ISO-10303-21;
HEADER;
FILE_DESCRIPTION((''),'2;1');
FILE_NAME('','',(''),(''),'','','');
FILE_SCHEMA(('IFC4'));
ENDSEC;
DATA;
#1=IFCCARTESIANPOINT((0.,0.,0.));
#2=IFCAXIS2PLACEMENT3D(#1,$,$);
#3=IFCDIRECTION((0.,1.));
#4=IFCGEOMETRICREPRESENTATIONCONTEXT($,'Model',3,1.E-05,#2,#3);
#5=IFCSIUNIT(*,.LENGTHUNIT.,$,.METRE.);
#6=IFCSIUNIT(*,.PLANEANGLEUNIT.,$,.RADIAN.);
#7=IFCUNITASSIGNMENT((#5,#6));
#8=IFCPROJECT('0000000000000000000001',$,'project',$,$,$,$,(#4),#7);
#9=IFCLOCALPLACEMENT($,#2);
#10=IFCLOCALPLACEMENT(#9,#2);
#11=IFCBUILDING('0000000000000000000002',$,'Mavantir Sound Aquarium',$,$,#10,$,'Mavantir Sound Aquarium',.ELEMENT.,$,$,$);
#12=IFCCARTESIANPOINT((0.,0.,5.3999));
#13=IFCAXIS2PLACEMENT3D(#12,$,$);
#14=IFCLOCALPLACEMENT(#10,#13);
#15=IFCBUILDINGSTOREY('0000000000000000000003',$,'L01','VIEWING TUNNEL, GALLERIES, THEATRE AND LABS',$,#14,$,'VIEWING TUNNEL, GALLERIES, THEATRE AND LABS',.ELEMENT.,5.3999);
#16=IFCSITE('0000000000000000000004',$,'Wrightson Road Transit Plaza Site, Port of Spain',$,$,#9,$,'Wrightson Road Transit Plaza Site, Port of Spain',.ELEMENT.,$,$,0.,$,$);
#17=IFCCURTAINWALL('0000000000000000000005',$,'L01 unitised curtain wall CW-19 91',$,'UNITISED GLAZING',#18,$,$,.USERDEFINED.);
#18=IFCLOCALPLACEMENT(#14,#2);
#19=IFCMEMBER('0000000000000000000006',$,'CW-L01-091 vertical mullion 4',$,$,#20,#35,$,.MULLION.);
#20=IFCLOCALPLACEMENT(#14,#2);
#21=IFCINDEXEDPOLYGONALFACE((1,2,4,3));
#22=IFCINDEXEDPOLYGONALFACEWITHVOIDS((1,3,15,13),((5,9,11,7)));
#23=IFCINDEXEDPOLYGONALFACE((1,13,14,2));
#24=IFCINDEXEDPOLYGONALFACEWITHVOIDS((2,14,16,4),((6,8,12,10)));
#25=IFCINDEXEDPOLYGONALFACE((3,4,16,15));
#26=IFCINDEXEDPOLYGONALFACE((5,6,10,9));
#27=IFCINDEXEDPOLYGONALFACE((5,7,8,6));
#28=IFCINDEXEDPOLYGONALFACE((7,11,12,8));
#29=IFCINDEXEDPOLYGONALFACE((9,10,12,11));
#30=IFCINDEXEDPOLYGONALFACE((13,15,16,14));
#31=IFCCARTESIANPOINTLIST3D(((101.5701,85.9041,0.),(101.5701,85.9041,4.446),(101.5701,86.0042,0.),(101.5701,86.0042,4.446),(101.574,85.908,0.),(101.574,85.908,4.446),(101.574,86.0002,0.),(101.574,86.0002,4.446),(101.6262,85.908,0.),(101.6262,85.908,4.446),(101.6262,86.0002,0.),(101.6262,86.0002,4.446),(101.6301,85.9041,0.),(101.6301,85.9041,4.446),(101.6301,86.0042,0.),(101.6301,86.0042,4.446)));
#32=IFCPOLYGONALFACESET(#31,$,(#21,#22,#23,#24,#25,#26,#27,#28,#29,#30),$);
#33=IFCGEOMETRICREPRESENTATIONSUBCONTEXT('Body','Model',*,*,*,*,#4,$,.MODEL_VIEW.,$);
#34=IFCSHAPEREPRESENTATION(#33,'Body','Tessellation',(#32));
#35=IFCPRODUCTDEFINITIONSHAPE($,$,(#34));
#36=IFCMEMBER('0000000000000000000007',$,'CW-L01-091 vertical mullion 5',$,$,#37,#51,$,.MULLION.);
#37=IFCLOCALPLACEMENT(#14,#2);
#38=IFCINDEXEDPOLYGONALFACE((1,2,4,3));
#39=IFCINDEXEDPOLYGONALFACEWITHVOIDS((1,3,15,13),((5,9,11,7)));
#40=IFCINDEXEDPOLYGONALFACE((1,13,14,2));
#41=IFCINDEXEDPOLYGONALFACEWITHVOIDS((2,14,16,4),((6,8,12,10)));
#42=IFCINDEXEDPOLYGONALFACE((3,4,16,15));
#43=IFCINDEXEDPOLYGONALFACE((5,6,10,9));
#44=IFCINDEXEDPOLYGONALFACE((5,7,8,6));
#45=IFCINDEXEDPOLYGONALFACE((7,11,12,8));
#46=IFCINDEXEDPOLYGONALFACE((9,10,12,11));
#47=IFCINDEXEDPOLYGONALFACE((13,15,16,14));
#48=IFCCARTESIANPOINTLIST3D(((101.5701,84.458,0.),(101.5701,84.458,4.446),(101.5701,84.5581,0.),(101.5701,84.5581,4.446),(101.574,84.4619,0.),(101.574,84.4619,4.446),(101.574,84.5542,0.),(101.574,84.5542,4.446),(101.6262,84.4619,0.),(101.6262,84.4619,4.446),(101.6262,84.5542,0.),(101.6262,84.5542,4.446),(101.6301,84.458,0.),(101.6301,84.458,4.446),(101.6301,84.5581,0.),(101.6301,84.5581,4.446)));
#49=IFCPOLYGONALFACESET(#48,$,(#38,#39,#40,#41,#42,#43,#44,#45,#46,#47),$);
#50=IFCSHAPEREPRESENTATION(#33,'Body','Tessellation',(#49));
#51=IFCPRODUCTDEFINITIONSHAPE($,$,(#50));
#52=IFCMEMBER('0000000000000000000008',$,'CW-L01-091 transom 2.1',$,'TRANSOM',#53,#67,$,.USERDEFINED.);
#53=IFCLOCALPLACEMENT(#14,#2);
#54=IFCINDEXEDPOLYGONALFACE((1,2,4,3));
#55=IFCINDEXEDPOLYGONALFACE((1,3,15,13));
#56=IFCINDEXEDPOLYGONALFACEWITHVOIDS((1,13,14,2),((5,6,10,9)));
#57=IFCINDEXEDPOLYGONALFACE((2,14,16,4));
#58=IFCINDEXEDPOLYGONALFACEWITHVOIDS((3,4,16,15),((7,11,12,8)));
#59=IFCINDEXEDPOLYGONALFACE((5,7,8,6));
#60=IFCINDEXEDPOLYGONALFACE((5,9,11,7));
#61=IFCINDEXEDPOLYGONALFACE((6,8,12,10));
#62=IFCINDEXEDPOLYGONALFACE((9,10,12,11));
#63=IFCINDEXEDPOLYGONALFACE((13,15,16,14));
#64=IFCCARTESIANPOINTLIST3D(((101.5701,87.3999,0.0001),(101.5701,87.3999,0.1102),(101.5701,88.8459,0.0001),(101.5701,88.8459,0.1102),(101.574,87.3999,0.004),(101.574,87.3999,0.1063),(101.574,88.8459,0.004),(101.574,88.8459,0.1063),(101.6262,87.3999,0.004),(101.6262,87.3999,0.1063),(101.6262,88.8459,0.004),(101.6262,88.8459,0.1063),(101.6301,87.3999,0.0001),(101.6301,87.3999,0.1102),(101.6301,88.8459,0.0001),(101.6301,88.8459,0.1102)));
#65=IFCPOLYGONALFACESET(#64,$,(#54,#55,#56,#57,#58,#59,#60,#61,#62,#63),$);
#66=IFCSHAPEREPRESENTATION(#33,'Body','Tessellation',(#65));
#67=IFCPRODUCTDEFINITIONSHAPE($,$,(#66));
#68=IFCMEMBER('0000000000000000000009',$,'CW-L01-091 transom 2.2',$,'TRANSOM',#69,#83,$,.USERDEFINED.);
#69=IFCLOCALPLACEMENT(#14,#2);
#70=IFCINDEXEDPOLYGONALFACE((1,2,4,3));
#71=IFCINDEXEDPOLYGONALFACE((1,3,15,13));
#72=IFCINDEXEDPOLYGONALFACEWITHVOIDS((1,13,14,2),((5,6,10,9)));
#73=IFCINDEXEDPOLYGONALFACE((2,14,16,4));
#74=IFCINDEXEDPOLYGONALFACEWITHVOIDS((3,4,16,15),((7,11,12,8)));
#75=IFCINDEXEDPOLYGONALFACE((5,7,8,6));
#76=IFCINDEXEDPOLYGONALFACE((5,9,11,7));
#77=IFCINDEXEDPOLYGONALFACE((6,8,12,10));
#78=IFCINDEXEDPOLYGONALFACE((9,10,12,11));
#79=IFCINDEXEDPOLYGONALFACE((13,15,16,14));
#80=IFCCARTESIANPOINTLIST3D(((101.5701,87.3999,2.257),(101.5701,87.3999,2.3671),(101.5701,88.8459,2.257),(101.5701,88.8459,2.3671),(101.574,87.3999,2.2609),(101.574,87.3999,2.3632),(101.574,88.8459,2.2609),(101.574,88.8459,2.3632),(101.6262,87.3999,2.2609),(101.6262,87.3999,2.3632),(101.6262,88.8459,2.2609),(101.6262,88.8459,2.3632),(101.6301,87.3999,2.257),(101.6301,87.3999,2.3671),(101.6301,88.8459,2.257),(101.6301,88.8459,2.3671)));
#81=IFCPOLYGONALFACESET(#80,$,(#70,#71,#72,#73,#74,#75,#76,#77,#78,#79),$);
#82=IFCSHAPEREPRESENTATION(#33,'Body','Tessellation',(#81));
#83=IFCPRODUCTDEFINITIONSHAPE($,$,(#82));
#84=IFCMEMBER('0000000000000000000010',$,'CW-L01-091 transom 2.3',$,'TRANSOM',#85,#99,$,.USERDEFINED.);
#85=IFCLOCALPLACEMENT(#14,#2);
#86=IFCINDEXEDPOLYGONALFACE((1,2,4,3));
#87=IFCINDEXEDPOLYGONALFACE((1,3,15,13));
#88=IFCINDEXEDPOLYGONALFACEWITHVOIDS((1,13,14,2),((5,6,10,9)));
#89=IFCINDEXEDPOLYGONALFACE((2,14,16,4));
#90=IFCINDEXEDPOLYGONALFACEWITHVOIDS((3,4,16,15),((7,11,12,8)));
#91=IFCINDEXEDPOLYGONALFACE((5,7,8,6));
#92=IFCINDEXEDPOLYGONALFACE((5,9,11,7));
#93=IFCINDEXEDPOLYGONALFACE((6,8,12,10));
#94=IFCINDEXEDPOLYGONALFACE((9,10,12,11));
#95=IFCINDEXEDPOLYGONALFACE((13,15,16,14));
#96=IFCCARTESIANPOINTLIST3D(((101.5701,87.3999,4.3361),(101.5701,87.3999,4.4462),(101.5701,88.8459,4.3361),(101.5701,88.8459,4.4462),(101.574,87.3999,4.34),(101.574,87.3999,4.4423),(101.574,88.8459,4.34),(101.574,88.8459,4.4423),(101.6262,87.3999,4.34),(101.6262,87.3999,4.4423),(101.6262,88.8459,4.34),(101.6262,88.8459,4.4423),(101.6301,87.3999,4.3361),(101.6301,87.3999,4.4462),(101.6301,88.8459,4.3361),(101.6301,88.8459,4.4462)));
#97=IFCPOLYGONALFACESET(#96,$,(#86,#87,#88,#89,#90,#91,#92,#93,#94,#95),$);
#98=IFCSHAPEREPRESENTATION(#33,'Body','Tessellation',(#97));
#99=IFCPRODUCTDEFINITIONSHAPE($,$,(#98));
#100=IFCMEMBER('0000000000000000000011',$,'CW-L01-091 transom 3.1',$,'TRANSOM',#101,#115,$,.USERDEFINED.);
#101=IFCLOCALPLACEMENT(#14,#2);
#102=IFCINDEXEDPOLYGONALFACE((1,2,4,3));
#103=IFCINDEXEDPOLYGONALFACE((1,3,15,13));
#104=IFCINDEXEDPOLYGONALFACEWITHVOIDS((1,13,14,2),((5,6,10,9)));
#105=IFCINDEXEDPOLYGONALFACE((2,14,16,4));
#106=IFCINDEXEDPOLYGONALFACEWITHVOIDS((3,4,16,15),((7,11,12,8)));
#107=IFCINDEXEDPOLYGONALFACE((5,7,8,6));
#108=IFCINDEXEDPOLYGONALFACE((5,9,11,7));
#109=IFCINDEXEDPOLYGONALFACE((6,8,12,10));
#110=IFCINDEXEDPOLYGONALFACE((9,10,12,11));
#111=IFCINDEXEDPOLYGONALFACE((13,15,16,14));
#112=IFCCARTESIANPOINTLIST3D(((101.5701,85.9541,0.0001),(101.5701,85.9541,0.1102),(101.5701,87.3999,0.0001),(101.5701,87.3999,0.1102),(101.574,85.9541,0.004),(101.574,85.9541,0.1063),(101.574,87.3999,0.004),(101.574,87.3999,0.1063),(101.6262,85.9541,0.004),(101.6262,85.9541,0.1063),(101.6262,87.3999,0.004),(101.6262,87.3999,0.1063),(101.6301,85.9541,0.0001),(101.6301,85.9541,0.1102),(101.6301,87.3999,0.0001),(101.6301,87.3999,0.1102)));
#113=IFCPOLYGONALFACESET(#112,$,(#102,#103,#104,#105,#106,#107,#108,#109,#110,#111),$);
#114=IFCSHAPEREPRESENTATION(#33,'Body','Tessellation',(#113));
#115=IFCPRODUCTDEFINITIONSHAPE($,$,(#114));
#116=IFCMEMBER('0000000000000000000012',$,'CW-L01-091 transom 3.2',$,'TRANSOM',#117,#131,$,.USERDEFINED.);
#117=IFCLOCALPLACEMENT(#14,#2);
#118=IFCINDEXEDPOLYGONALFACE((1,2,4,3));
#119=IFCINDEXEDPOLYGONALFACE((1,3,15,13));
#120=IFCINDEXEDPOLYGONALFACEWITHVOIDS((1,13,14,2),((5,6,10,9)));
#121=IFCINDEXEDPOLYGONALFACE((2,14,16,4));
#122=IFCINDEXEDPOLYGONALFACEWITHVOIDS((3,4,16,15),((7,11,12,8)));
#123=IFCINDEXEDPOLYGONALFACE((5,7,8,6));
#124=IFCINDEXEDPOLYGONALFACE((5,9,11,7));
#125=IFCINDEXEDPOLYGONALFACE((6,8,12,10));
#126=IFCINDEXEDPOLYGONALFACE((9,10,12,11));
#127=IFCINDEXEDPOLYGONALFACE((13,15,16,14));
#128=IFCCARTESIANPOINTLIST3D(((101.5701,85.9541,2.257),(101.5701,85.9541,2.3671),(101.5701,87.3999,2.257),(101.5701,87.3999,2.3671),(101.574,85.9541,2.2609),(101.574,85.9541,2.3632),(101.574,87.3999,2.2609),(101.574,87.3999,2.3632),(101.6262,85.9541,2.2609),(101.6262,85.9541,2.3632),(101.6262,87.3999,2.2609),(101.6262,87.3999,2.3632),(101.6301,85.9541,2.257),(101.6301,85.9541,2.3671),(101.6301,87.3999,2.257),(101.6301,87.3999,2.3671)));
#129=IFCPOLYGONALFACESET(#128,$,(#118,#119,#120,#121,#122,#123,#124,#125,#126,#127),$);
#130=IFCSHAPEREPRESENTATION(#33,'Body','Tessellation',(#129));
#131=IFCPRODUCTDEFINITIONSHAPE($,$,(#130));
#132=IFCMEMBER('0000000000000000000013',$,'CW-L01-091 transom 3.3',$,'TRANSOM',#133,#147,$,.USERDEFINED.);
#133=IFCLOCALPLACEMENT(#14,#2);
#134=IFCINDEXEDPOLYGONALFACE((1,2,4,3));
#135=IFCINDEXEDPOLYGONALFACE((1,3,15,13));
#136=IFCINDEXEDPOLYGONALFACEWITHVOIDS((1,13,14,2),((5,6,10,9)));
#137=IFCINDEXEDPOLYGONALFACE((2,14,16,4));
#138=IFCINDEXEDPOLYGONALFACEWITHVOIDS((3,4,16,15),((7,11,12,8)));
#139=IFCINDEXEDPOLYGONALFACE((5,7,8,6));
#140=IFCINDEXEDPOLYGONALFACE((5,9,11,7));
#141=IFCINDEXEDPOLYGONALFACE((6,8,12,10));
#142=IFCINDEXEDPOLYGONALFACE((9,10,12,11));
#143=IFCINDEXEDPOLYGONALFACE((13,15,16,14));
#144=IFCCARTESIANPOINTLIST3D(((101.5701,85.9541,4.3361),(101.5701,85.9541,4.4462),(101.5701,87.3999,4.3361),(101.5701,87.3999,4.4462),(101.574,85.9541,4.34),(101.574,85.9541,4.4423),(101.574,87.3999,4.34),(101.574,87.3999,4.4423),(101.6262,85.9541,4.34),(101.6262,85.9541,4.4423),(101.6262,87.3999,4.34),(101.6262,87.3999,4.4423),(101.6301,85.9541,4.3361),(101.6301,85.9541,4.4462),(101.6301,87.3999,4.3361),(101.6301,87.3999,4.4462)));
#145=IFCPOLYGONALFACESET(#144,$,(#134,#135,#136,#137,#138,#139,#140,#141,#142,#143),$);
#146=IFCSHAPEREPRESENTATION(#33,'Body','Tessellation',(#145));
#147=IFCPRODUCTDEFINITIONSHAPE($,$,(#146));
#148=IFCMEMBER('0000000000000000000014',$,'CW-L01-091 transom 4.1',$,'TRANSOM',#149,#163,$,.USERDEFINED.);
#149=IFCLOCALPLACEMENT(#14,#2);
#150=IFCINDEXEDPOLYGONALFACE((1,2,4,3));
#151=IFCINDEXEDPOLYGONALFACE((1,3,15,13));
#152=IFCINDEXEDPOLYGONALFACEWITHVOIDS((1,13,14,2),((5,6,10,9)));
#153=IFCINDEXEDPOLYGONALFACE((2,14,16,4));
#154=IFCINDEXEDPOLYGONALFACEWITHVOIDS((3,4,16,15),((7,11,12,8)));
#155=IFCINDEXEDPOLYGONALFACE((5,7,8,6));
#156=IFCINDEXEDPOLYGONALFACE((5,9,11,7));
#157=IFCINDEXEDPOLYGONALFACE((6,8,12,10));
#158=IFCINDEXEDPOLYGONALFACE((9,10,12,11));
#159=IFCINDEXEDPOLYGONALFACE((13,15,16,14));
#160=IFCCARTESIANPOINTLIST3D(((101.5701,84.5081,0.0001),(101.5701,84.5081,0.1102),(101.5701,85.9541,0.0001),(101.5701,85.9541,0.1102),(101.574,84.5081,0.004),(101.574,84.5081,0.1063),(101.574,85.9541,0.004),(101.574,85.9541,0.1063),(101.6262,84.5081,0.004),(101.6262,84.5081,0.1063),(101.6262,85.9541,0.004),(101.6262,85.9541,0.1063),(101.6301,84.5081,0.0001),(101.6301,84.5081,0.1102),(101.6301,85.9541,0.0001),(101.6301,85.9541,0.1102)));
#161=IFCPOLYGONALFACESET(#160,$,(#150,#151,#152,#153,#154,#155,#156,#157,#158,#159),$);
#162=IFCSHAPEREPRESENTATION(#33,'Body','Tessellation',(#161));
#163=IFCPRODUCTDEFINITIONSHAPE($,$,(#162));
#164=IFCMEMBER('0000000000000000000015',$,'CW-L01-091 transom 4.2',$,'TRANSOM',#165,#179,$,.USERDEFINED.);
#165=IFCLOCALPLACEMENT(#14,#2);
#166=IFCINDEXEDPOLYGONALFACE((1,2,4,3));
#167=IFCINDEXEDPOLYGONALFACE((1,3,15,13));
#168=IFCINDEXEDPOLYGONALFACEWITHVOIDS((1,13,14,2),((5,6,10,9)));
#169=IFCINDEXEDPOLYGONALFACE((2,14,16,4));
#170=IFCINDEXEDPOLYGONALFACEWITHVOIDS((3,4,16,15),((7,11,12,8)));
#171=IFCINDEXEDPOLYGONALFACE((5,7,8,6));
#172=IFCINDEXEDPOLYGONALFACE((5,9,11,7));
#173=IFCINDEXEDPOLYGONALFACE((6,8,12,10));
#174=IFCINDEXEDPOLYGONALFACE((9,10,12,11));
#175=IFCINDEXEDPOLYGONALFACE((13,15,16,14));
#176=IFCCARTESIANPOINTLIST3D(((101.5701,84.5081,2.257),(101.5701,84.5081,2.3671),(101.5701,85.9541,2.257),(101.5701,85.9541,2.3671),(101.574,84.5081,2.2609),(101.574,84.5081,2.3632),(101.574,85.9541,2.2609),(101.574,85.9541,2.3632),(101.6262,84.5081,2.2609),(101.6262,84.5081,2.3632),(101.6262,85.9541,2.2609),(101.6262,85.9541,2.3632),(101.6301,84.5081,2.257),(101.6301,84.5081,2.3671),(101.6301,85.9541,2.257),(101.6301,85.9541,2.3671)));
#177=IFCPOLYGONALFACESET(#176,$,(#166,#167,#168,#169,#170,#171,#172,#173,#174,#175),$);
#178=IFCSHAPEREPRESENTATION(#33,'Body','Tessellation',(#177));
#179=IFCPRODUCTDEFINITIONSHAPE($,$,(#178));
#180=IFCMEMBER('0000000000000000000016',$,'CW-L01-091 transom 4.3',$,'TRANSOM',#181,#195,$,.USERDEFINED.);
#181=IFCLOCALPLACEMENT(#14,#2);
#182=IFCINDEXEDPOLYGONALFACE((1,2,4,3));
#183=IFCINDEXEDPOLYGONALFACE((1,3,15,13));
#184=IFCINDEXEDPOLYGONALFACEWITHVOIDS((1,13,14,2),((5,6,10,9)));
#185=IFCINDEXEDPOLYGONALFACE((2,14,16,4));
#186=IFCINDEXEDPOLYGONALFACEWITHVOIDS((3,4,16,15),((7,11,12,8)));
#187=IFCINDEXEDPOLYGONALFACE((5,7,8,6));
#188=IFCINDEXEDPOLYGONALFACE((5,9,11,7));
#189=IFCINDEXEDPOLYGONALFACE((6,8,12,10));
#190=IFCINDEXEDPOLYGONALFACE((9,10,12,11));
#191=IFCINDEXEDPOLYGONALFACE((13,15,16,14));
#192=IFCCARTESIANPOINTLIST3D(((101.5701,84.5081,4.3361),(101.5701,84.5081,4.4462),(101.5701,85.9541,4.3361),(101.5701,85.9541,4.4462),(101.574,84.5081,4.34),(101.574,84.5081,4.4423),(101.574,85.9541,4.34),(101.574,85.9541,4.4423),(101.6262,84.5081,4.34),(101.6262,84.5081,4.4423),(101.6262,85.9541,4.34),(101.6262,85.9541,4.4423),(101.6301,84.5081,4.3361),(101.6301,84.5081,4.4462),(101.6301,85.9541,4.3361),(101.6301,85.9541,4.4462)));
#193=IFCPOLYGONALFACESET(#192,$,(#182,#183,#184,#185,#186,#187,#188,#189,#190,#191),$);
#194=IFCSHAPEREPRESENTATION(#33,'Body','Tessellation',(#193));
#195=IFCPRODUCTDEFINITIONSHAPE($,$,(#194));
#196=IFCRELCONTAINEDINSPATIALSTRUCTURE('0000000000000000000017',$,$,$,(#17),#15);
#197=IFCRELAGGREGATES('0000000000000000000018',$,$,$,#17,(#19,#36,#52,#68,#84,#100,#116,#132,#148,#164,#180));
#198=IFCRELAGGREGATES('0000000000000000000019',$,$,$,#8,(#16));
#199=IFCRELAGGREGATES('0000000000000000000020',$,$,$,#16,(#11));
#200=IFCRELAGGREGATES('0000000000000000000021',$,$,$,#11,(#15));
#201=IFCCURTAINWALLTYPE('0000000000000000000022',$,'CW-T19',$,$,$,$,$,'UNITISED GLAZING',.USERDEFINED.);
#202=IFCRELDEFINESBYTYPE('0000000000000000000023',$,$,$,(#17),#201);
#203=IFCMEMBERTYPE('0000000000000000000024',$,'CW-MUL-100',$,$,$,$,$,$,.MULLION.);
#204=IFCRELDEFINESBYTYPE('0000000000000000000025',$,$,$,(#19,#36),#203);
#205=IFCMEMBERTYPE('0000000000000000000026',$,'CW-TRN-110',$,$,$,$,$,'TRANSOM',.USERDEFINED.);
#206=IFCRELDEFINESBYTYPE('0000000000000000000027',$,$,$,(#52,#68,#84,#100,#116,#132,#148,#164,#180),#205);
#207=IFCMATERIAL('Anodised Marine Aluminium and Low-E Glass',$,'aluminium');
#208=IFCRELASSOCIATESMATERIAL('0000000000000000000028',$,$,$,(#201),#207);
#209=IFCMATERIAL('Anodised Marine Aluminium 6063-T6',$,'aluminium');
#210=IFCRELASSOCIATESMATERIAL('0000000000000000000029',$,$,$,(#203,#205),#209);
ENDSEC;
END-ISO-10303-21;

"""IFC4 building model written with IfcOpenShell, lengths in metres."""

from ifc_helpers import new_model, si_unit, direction, frame, origin, origin_2d, place, context, subcontext, project, spatial, hollow_rectangle, extrude, material, material_profile, profile_set, type_object, element, aggregate, save


model = new_model("IFC4")

# Units and contexts
model_context = context("Model", 3, precision=1e-05, world=origin(), true_north=direction((0.0, 1.0)))
body_context = subcontext(model_context, "Body", "Model", "MODEL_VIEW")
ifc_project = project(units=[si_unit("LENGTHUNIT", "METRE"), si_unit("PLANEANGLEUNIT", "RADIAN")], contexts=[model_context])

# Site, building, storey
site_placement = place(None, origin())
site = spatial("IfcSite", under=ifc_project, at=site_placement, Name="Wrightson Road Transit Plaza Site, Port of Spain", LongName="Wrightson Road Transit Plaza Site, Port of Spain", CompositionType="ELEMENT", RefElevation=0.0)
building_placement = place(site_placement, origin())
building = spatial("IfcBuilding", under=site, at=building_placement, Name="Mavantir Sound Aquarium", LongName="Mavantir Sound Aquarium", CompositionType="ELEMENT")
storey_placement = place(building_placement, frame((0.0, 0.0, 5.3999)))
storey = spatial("IfcBuildingStorey", under=building, at=storey_placement, Name="L01", Description="VIEWING TUNNEL, GALLERIES, THEATRE AND LABS", LongName="VIEWING TUNNEL, GALLERIES, THEATRE AND LABS", CompositionType="ELEMENT", Elevation=5.3999)

# Curtain wall, members
ifc_material_1 = material(Name="Anodised Marine Aluminium and Low-E Glass", Category="aluminium")
curtain_wall_type = type_object("IfcCurtainWallType", Name="CW-T19", ElementType="UNITISED GLAZING", PredefinedType="USERDEFINED", material=ifc_material_1)
curtain_wall_placement = place(storey_placement, origin())
curtain_wall = element("IfcCurtainWall", 1, at=curtain_wall_placement, inside=storey, type_object=curtain_wall_type, Name="L01 unitised curtain wall CW-19 91", ObjectType="UNITISED GLAZING", PredefinedType="USERDEFINED")
ifc_material_2 = material(Name="Anodised Marine Aluminium 6063-T6", Category="aluminium")
ifc_material_profile_1 = material_profile(ifc_material_2, hollow_rectangle(XDim=0.0601, YDim=0.1001, WallThickness=0.0039, at=origin_2d()), Name="ALU-MULLION-100X60")
ifc_profile_set_1 = profile_set([ifc_material_profile_1], Name="Anodised Marine Aluminium 6063-T6")
member_type_1 = type_object("IfcMemberType", Name="CW-MUL-100", PredefinedType="MULLION", material=ifc_profile_set_1)
member_1_placement = place(storey_placement, frame((101.6001, 85.9541, 0.0), z_axis=(0.0, 0.0, 1.0), x_axis=(1.0, 0.0, 0.0)))
member_1 = element("IfcMember", 2, at=member_1_placement, type_object=member_type_1, Name="CW-L01-091 vertical mullion 4", PredefinedType="MULLION", context=body_context, shape_type="SweptSolid", body=[
    extrude(hollow_rectangle(XDim=0.0601, YDim=0.1001, WallThickness=0.0039, at=origin_2d()), origin(), (0.0, 0.0, 1.0), 4.446),
])
member_2_placement = place(storey_placement, frame((101.6001, 84.5081, 0.0), z_axis=(0.0, 0.0, 1.0), x_axis=(1.0, 0.0, 0.0)))
member_2 = element("IfcMember", 3, at=member_2_placement, type_object=member_type_1, Name="CW-L01-091 vertical mullion 5", PredefinedType="MULLION", context=body_context, shape_type="SweptSolid", body=[
    extrude(hollow_rectangle(XDim=0.0601, YDim=0.1001, WallThickness=0.0039, at=origin_2d()), origin(), (0.0, 0.0, 1.0), 4.446),
])
ifc_material_profile_2 = material_profile(ifc_material_2, hollow_rectangle(XDim=0.0601, YDim=0.1101, WallThickness=0.0039, at=origin_2d()), Name="ALU-TRANSOM-110X60")
ifc_profile_set_2 = profile_set([ifc_material_profile_2], Name="Anodised Marine Aluminium 6063-T6")
member_type_2 = type_object("IfcMemberType", Name="CW-TRN-110", ElementType="TRANSOM", PredefinedType="USERDEFINED", material=ifc_profile_set_2)
member_3_placement = place(storey_placement, frame((101.6001, 88.8459, 0.0552), z_axis=(0.0, -1.0, 0.0), x_axis=(1.0, 0.0, 0.0)))
member_3 = element("IfcMember", 4, at=member_3_placement, type_object=member_type_2, Name="CW-L01-091 transom 2.1", ObjectType="TRANSOM", PredefinedType="USERDEFINED", context=body_context, shape_type="SweptSolid", body=[
    extrude(hollow_rectangle(XDim=0.0601, YDim=0.1101, WallThickness=0.0039, at=origin_2d()), origin(), (0.0, 0.0, 1.0), 1.446),
])
member_4_placement = place(storey_placement, frame((101.6001, 88.8459, 2.312), z_axis=(0.0, -1.0, 0.0), x_axis=(1.0, 0.0, 0.0)))
member_4 = element("IfcMember", 5, at=member_4_placement, type_object=member_type_2, Name="CW-L01-091 transom 2.2", ObjectType="TRANSOM", PredefinedType="USERDEFINED", context=body_context, shape_type="SweptSolid", body=[
    extrude(hollow_rectangle(XDim=0.0601, YDim=0.1101, WallThickness=0.0039, at=origin_2d()), origin(), (0.0, 0.0, 1.0), 1.446),
])
member_5_placement = place(storey_placement, frame((101.6001, 88.8459, 4.3911), z_axis=(0.0, -1.0, 0.0), x_axis=(1.0, 0.0, 0.0)))
member_5 = element("IfcMember", 6, at=member_5_placement, type_object=member_type_2, Name="CW-L01-091 transom 2.3", ObjectType="TRANSOM", PredefinedType="USERDEFINED", context=body_context, shape_type="SweptSolid", body=[
    extrude(hollow_rectangle(XDim=0.0601, YDim=0.1101, WallThickness=0.0039, at=origin_2d()), origin(), (0.0, 0.0, 1.0), 1.446),
])
member_6_placement = place(storey_placement, frame((101.6001, 87.3999, 0.0552), z_axis=(0.0, -1.0, 0.0), x_axis=(1.0, 0.0, 0.0)))
member_6 = element("IfcMember", 7, at=member_6_placement, type_object=member_type_2, Name="CW-L01-091 transom 3.1", ObjectType="TRANSOM", PredefinedType="USERDEFINED", context=body_context, shape_type="SweptSolid", body=[
    extrude(hollow_rectangle(XDim=0.0601, YDim=0.1101, WallThickness=0.0039, at=origin_2d()), origin(), (0.0, 0.0, 1.0), 1.4458),
])
member_7_placement = place(storey_placement, frame((101.6001, 87.3999, 2.312), z_axis=(0.0, -1.0, 0.0), x_axis=(1.0, 0.0, 0.0)))
member_7 = element("IfcMember", 8, at=member_7_placement, type_object=member_type_2, Name="CW-L01-091 transom 3.2", ObjectType="TRANSOM", PredefinedType="USERDEFINED", context=body_context, shape_type="SweptSolid", body=[
    extrude(hollow_rectangle(XDim=0.0601, YDim=0.1101, WallThickness=0.0039, at=origin_2d()), origin(), (0.0, 0.0, 1.0), 1.4458),
])
member_8_placement = place(storey_placement, frame((101.6001, 87.3999, 4.3911), z_axis=(0.0, -1.0, 0.0), x_axis=(1.0, 0.0, 0.0)))
member_8 = element("IfcMember", 9, at=member_8_placement, type_object=member_type_2, Name="CW-L01-091 transom 3.3", ObjectType="TRANSOM", PredefinedType="USERDEFINED", context=body_context, shape_type="SweptSolid", body=[
    extrude(hollow_rectangle(XDim=0.0601, YDim=0.1101, WallThickness=0.0039, at=origin_2d()), origin(), (0.0, 0.0, 1.0), 1.4458),
])
member_9_placement = place(storey_placement, frame((101.6001, 85.9541, 0.0552), z_axis=(0.0, -1.0, 0.0), x_axis=(1.0, 0.0, 0.0)))
member_9 = element("IfcMember", 10, at=member_9_placement, type_object=member_type_2, Name="CW-L01-091 transom 4.1", ObjectType="TRANSOM", PredefinedType="USERDEFINED", context=body_context, shape_type="SweptSolid", body=[
    extrude(hollow_rectangle(XDim=0.0601, YDim=0.1101, WallThickness=0.0039, at=origin_2d()), origin(), (0.0, 0.0, 1.0), 1.446),
])
member_10_placement = place(storey_placement, frame((101.6001, 85.9541, 2.312), z_axis=(0.0, -1.0, 0.0), x_axis=(1.0, 0.0, 0.0)))
member_10 = element("IfcMember", 11, at=member_10_placement, type_object=member_type_2, Name="CW-L01-091 transom 4.2", ObjectType="TRANSOM", PredefinedType="USERDEFINED", context=body_context, shape_type="SweptSolid", body=[
    extrude(hollow_rectangle(XDim=0.0601, YDim=0.1101, WallThickness=0.0039, at=origin_2d()), origin(), (0.0, 0.0, 1.0), 1.446),
])
member_11_placement = place(storey_placement, frame((101.6001, 85.9541, 4.3911), z_axis=(0.0, -1.0, 0.0), x_axis=(1.0, 0.0, 0.0)))
member_11 = element("IfcMember", 12, at=member_11_placement, type_object=member_type_2, Name="CW-L01-091 transom 4.3", ObjectType="TRANSOM", PredefinedType="USERDEFINED", context=body_context, shape_type="SweptSolid", body=[
    extrude(hollow_rectangle(XDim=0.0601, YDim=0.1101, WallThickness=0.0039, at=origin_2d()), origin(), (0.0, 0.0, 1.0), 1.446),
])
aggregate(curtain_wall, [member_1, member_2, member_3, member_4, member_5, member_6, member_7, member_8, member_9, member_10, member_11])

save(model, "model.ifc")
